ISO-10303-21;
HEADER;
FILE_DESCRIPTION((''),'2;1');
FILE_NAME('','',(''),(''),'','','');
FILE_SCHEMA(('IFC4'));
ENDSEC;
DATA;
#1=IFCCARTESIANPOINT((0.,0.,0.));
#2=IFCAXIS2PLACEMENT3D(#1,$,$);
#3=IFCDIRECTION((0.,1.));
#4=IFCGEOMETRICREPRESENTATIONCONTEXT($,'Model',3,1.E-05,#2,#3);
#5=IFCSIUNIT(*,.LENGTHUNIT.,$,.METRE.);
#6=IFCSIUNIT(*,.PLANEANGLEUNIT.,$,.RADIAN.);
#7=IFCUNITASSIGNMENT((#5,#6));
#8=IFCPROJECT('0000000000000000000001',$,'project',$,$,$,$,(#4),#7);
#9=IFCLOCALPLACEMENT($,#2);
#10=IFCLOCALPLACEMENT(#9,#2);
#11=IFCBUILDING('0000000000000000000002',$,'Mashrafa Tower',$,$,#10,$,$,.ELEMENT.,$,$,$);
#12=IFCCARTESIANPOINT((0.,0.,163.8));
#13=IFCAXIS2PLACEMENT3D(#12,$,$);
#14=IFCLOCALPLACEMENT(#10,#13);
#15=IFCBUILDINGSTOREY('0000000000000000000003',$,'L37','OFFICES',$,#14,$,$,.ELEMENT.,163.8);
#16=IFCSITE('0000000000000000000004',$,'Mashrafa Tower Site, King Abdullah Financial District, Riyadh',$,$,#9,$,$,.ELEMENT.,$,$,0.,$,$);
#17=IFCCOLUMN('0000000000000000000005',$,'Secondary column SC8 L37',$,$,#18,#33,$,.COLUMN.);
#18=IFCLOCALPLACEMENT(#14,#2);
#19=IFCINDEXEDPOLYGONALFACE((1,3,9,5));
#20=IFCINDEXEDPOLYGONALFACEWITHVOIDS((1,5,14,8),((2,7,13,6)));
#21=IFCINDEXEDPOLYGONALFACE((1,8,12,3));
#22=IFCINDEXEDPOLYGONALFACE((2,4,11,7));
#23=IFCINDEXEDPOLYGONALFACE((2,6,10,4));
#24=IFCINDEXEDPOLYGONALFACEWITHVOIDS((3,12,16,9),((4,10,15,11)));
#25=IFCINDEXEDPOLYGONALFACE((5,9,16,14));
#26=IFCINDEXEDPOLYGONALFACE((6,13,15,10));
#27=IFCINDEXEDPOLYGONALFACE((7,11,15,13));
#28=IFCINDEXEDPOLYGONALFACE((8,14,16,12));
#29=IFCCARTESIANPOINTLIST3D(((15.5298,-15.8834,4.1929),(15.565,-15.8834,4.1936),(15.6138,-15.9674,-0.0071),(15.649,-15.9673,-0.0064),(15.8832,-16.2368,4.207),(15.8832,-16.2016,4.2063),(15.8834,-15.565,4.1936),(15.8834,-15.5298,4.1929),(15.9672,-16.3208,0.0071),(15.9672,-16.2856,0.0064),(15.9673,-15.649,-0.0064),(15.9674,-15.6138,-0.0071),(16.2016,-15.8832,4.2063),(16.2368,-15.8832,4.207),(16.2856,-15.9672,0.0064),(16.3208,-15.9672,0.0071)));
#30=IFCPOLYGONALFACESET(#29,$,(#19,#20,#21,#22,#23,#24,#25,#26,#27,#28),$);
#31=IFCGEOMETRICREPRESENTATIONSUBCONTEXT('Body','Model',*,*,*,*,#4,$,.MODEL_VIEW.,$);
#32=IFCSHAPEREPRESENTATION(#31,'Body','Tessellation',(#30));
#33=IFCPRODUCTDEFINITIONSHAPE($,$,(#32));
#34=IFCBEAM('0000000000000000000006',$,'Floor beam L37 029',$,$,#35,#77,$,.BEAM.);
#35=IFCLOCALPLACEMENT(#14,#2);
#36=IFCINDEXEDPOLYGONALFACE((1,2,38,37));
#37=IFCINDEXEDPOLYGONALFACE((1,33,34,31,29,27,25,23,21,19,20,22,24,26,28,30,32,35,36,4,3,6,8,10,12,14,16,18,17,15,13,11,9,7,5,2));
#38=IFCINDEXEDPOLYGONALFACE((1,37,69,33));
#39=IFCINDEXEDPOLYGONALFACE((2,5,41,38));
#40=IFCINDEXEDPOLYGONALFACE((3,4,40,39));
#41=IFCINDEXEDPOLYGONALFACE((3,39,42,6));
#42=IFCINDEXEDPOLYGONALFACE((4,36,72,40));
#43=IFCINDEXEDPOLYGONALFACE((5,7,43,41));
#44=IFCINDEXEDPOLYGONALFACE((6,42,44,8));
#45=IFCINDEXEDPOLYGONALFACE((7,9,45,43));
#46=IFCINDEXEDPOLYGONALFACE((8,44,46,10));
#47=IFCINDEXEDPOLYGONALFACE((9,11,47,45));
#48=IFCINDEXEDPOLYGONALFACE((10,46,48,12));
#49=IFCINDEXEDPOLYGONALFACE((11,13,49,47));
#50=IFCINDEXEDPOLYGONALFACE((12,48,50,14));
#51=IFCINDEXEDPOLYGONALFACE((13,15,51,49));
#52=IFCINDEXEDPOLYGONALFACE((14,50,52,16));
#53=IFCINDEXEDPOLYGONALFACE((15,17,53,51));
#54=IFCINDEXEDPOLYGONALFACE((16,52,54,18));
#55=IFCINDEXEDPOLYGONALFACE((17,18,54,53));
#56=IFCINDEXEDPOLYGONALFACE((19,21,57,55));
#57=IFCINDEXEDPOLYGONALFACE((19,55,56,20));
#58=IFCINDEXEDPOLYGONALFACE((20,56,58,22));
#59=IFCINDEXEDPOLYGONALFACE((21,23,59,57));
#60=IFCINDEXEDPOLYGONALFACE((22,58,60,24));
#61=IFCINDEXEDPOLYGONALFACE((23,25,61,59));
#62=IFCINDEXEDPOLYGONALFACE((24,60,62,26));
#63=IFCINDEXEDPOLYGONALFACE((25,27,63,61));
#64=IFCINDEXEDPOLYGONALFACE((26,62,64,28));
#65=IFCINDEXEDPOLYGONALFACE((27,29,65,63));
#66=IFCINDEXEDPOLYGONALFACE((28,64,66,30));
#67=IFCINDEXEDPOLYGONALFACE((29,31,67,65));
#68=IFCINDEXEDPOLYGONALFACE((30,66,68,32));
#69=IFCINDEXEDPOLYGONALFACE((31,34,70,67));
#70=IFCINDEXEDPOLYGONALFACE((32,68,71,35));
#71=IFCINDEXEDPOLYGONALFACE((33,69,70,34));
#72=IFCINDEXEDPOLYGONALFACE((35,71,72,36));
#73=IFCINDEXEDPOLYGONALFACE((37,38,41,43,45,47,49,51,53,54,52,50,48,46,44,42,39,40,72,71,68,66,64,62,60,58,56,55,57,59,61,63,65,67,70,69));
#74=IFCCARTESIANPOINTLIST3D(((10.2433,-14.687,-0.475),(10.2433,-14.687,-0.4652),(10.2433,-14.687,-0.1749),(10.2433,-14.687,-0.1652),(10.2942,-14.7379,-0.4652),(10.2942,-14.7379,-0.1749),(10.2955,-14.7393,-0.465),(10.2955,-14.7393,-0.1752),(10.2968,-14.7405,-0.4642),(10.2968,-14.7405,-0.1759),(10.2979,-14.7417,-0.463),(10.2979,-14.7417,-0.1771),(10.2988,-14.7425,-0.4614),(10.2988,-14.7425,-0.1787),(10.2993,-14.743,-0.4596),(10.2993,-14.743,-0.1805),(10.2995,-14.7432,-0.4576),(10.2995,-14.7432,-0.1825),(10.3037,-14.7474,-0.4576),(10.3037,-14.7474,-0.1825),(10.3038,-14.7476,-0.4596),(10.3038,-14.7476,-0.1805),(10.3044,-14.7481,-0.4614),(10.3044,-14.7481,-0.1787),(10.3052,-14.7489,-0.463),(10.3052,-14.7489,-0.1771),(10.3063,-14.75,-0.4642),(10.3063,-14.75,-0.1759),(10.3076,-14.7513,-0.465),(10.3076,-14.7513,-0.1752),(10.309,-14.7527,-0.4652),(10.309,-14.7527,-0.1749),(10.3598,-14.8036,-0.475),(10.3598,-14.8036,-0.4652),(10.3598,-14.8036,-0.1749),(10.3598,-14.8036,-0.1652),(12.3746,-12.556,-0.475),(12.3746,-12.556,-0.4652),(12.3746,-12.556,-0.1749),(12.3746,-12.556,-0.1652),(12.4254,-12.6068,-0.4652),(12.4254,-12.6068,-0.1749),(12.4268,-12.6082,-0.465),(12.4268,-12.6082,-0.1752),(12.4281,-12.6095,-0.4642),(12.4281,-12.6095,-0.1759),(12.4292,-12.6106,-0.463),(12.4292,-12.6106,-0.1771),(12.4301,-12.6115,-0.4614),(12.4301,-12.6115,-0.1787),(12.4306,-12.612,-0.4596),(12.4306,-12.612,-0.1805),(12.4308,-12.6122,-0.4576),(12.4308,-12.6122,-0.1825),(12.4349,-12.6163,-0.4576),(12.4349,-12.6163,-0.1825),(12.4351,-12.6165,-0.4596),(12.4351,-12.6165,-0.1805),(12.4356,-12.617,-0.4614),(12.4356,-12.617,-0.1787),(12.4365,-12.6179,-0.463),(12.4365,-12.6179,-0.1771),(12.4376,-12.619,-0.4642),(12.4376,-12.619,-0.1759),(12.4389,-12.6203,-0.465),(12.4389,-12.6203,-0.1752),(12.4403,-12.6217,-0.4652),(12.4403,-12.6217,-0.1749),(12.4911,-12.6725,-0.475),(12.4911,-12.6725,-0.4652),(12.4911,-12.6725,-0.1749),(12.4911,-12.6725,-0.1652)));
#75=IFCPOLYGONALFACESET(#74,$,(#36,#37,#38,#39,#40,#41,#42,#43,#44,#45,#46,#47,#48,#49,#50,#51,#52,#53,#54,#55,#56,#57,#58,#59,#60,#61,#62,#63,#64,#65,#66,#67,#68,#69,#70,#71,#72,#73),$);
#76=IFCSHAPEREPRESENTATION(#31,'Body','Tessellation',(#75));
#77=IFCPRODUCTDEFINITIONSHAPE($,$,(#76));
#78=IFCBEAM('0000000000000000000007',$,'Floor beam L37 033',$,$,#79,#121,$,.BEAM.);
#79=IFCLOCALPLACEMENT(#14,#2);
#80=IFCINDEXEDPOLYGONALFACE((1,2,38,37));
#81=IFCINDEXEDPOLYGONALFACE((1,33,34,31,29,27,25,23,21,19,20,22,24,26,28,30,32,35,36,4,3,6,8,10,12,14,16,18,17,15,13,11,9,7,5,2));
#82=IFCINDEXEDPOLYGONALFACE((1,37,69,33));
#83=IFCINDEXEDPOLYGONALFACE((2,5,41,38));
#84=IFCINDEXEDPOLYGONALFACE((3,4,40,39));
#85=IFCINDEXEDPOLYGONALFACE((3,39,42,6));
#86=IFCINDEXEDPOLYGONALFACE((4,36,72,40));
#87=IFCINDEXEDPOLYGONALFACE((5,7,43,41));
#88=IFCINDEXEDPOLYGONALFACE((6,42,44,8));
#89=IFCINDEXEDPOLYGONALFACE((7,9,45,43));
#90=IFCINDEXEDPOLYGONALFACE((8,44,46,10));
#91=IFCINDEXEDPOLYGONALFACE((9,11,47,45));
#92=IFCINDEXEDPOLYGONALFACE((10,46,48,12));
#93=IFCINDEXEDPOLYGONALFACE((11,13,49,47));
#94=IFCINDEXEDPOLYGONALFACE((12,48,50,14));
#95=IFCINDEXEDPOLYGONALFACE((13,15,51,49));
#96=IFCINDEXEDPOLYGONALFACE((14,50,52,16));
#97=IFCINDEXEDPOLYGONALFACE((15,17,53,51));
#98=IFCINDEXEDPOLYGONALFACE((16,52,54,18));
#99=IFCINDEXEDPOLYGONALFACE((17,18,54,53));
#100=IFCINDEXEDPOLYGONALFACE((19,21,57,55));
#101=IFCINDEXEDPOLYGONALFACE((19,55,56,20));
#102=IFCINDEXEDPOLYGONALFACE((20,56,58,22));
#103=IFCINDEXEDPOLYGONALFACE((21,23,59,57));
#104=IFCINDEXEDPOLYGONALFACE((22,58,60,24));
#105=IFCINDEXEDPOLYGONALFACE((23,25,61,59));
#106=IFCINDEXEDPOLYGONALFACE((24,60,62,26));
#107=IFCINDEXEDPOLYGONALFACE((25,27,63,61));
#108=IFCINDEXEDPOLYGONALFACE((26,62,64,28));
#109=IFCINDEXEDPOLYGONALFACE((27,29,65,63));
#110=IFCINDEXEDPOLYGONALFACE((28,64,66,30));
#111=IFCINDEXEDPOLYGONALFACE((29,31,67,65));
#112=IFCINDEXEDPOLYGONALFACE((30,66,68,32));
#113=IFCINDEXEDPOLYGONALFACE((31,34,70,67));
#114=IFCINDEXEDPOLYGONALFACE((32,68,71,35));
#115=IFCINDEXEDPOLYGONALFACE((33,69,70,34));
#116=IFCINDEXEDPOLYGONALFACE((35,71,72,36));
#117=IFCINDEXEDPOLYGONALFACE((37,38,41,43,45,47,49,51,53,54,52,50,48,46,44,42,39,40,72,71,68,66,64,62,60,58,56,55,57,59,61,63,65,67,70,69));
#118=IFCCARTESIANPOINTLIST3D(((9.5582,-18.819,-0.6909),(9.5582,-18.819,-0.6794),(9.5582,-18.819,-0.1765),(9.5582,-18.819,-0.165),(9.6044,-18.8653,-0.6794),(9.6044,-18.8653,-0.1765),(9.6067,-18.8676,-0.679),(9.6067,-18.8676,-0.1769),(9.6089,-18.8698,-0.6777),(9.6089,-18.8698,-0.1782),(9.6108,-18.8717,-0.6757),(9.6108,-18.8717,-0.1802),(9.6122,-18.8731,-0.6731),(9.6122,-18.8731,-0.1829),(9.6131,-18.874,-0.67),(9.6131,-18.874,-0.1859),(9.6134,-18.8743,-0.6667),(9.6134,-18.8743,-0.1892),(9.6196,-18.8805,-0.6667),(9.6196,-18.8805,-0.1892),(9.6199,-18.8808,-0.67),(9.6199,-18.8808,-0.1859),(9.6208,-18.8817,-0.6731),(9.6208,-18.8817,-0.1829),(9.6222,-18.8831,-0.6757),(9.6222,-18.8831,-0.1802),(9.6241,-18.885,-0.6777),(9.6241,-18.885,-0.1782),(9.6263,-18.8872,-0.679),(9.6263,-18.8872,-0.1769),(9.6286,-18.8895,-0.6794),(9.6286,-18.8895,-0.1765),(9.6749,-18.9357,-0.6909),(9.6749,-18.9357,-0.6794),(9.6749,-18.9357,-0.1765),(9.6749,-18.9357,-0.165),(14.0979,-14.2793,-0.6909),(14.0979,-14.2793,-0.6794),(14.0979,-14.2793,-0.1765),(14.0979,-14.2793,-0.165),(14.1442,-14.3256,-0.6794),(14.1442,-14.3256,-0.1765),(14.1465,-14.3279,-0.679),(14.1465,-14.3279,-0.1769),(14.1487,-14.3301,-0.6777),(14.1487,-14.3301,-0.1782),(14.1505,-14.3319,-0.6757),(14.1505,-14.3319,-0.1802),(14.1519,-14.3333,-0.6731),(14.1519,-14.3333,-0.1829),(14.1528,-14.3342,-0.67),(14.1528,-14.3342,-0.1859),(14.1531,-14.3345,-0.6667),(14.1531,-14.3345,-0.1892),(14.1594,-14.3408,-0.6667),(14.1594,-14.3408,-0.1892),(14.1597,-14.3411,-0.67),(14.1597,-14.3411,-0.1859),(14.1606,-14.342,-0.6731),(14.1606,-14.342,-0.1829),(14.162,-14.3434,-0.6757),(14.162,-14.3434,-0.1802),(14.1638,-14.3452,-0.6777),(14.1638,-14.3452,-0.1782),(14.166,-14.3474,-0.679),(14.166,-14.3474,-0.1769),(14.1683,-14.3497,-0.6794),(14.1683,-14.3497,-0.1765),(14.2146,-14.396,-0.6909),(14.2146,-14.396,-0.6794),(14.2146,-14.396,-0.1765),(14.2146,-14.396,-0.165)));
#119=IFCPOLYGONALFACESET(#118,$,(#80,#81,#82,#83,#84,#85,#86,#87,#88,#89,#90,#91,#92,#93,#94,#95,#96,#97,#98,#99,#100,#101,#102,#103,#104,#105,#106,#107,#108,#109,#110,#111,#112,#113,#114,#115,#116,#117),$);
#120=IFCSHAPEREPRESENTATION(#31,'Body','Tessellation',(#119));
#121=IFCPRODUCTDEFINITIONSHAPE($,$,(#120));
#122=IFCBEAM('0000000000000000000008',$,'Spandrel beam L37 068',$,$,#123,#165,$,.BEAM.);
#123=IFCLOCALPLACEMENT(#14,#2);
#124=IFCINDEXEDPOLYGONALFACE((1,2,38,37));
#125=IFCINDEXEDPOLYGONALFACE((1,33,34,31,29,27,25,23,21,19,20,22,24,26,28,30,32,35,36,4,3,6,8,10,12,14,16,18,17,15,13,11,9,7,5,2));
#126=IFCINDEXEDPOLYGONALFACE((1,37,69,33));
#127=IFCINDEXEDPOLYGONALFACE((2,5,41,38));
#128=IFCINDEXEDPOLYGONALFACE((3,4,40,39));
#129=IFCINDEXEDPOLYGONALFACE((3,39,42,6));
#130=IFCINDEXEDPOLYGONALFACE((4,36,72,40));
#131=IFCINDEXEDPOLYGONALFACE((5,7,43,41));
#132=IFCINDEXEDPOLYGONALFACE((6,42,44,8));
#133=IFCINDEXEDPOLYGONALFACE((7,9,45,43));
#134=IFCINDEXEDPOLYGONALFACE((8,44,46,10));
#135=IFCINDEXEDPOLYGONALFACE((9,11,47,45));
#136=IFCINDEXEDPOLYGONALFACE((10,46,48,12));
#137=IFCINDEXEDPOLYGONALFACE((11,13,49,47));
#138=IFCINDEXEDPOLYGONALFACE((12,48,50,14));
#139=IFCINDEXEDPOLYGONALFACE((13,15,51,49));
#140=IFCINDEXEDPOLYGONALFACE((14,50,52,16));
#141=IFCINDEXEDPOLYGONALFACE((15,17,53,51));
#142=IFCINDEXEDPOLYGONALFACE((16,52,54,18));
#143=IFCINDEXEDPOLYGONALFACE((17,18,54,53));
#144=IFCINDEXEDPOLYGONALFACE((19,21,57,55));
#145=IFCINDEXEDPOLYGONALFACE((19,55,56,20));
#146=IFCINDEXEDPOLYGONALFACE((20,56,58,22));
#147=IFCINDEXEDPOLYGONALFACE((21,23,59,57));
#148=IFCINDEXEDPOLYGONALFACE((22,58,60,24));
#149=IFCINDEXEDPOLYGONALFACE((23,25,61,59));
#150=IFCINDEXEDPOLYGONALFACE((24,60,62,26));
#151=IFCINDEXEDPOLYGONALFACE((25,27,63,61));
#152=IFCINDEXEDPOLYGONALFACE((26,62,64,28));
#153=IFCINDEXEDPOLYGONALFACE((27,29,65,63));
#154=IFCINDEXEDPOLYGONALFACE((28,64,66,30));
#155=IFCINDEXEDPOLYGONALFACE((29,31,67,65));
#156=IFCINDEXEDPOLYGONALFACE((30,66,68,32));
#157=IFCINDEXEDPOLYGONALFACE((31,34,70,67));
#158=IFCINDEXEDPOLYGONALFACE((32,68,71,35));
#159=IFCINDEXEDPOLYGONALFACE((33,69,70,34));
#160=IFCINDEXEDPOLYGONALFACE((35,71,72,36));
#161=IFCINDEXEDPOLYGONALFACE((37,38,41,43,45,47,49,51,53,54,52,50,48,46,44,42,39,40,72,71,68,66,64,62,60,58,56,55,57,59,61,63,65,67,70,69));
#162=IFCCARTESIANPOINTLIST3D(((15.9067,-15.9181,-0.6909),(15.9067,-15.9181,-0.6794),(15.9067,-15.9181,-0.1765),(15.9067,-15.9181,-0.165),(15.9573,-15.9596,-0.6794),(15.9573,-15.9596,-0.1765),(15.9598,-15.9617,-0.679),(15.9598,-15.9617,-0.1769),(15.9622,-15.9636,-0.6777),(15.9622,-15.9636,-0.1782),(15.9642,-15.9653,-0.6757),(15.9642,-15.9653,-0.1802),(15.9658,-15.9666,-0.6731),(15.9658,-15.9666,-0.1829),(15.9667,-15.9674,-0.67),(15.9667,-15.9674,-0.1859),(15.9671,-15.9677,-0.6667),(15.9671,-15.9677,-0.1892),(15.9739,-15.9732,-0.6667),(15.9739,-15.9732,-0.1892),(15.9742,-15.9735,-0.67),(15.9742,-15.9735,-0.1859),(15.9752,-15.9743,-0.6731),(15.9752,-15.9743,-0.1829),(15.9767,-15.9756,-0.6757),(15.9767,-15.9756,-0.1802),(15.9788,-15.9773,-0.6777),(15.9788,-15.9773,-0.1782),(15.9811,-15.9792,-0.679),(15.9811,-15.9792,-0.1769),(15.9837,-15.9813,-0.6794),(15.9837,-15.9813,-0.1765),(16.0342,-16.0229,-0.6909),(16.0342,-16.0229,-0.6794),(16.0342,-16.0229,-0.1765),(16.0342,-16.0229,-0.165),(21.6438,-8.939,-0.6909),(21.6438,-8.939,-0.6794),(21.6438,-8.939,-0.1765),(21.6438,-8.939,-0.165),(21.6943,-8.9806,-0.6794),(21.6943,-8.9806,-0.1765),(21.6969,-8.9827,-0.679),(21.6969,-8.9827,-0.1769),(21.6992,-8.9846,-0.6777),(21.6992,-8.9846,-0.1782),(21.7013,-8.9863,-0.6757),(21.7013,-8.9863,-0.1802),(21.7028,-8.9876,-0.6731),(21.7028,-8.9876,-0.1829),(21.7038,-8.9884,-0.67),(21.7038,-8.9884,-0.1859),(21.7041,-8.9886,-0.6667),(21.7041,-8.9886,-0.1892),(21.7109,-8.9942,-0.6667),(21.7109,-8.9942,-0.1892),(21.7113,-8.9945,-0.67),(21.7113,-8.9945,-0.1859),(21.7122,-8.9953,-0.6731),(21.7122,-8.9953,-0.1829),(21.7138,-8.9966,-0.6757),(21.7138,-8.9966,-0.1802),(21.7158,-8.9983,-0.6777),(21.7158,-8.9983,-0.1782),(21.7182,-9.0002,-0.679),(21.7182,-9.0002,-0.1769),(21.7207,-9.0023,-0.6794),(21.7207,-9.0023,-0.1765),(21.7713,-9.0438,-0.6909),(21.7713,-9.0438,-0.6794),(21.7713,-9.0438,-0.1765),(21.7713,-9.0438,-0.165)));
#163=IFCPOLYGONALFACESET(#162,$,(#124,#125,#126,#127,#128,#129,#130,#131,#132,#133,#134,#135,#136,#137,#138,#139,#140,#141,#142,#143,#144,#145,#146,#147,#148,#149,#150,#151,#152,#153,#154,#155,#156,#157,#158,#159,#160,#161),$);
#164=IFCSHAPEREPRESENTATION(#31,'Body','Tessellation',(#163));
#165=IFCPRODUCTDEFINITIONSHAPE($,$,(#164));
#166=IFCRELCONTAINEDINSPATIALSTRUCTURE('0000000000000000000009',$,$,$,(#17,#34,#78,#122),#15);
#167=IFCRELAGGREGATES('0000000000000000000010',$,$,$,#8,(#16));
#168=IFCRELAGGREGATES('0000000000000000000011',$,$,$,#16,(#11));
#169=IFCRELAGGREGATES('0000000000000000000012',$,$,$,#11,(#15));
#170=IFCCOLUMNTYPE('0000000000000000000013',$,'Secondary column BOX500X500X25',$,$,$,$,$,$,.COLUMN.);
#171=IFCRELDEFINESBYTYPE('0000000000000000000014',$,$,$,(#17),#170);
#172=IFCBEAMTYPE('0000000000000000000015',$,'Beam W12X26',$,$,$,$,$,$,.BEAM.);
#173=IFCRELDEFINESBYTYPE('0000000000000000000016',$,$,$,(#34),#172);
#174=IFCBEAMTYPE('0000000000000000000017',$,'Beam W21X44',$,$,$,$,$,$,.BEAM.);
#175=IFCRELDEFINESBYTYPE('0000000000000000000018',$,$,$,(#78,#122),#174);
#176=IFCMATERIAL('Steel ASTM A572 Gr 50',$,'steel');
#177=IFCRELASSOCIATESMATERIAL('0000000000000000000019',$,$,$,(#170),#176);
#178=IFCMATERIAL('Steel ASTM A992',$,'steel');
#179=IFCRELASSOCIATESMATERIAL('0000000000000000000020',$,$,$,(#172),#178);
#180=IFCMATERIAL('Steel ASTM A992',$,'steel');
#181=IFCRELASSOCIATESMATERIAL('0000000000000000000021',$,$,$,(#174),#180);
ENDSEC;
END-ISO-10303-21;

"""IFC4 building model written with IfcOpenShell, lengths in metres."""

from ifc_helpers import new_model, si_unit, direction, frame, origin, origin_2d, place, context, subcontext, project, spatial, hollow_rectangle, i_section, extrude, material, material_profile, profile_set, type_object, element, save


model = new_model("IFC4")

# Units and contexts
model_context = context("Model", 3, precision=1e-05, world=origin(), true_north=direction((0.0, 1.0)))
body_context = subcontext(model_context, "Body", "Model", "MODEL_VIEW")
ifc_project = project(units=[si_unit("LENGTHUNIT", "METRE"), si_unit("PLANEANGLEUNIT", "RADIAN")], contexts=[model_context])

# Site, building, storey
site_placement = place(None, origin())
site = spatial("IfcSite", under=ifc_project, at=site_placement, Name="Mashrafa Tower Site, King Abdullah Financial District, Riyadh", CompositionType="ELEMENT", RefElevation=0.0)
building_placement = place(site_placement, origin())
building = spatial("IfcBuilding", under=site, at=building_placement, Name="Mashrafa Tower", CompositionType="ELEMENT")
storey_placement = place(building_placement, frame((0.0, 0.0, 163.8)))
storey = spatial("IfcBuildingStorey", under=building, at=storey_placement, Name="L37", Description="OFFICES", CompositionType="ELEMENT", Elevation=163.8)

# Column
ifc_material_1 = material(Name="Steel ASTM A572 Gr 50", Category="steel")
ifc_material_profile_1 = material_profile(ifc_material_1, hollow_rectangle(XDim=0.5, YDim=0.5, WallThickness=0.0249, at=origin_2d()), Name="BOX500X500X25")
ifc_profile_set_1 = profile_set([ifc_material_profile_1], Name="Steel ASTM A572 Gr 50")
column_type = type_object("IfcColumnType", Name="Secondary column BOX500X500X25", PredefinedType="COLUMN", material=ifc_profile_set_1)
column_placement = place(storey_placement, frame((15.9673, -15.9673, 0.0), z_axis=(-0.019989, 0.019989, 0.9996), x_axis=(-0.707107, -0.707107, 0.0)))
element("IfcColumn", 1, at=column_placement, inside=storey, type_object=column_type, Name="Secondary column SC8 L37", PredefinedType="COLUMN", context=body_context, shape_type="SweptSolid", body=[
    extrude(hollow_rectangle(XDim=0.5, YDim=0.5, WallThickness=0.0249, at=origin_2d()), origin(), (0.0, 0.0, 1.0), 4.2017),
])

# Beams
ifc_material_2 = material(Name="Steel ASTM A992", Category="steel")
ifc_material_profile_2 = material_profile(ifc_material_2, i_section(OverallWidth=0.1648, OverallDepth=0.3098, WebThickness=0.0059, FlangeThickness=0.0098, FilletRadius=0.0076, at=origin_2d()), Name="W12X26")
ifc_profile_set_2 = profile_set([ifc_material_profile_2], Name="Steel ASTM A992")
beam_type_1 = type_object("IfcBeamType", Name="Beam W12X26", PredefinedType="BEAM", material=ifc_profile_set_2)
beam_1_placement = place(storey_placement, frame((12.4329, -12.6143, -0.3201), z_axis=(-0.707147, -0.707066, 0.0), x_axis=(0.707066, -0.707147, 0.0)))
element("IfcBeam", 2, at=beam_1_placement, inside=storey, type_object=beam_type_1, Name="Floor beam L37 029", PredefinedType="BEAM", context=body_context, shape_type="SweptSolid", body=[
    extrude(i_section(OverallWidth=0.1648, OverallDepth=0.3098, WebThickness=0.0059, FlangeThickness=0.0098, FilletRadius=0.0076, at=origin_2d()), origin(), (0.0, 0.0, 1.0), 3.0139),
])
ifc_material_3 = material(Name="Steel ASTM A992", Category="steel")
ifc_material_profile_3 = material_profile(ifc_material_3, i_section(OverallWidth=0.165, OverallDepth=0.5259, WebThickness=0.0088, FlangeThickness=0.0115, FilletRadius=0.0127, at=origin_2d()), Name="W21X44")
ifc_profile_set_3 = profile_set([ifc_material_profile_3], Name="Steel ASTM A992")
beam_type_2 = type_object("IfcBeamType", Name="Beam W21X44", PredefinedType="BEAM", material=ifc_profile_set_3)
beam_2_placement = place(storey_placement, frame((14.1562, -14.3376, -0.428), z_axis=(-0.707107, -0.707107, 0.0), x_axis=(0.707107, -0.707107, 0.0)))
element("IfcBeam", 3, at=beam_2_placement, inside=storey, type_object=beam_type_2, Name="Floor beam L37 033", PredefinedType="BEAM", context=body_context, shape_type="SweptSolid", body=[
    extrude(i_section(OverallWidth=0.165, OverallDepth=0.5259, WebThickness=0.0088, FlangeThickness=0.0115, FilletRadius=0.0127, at=origin_2d()), origin(), (0.0, 0.0, 1.0), 6.4202),
])
beam_3_placement = place(storey_placement, frame((15.9705, -15.9705, -0.428), z_axis=(0.635024, 0.772492, 0.0), x_axis=(-0.772492, 0.635024, 0.0)))
element("IfcBeam", 4, at=beam_3_placement, inside=storey, type_object=beam_type_2, Name="Spandrel beam L37 068", PredefinedType="BEAM", context=body_context, shape_type="SweptSolid", body=[
    extrude(i_section(OverallWidth=0.165, OverallDepth=0.5259, WebThickness=0.0088, FlangeThickness=0.0115, FilletRadius=0.0127, at=origin_2d()), origin(), (0.0, 0.0, 1.0), 9.0344),
])

save(model, "model.ifc")
